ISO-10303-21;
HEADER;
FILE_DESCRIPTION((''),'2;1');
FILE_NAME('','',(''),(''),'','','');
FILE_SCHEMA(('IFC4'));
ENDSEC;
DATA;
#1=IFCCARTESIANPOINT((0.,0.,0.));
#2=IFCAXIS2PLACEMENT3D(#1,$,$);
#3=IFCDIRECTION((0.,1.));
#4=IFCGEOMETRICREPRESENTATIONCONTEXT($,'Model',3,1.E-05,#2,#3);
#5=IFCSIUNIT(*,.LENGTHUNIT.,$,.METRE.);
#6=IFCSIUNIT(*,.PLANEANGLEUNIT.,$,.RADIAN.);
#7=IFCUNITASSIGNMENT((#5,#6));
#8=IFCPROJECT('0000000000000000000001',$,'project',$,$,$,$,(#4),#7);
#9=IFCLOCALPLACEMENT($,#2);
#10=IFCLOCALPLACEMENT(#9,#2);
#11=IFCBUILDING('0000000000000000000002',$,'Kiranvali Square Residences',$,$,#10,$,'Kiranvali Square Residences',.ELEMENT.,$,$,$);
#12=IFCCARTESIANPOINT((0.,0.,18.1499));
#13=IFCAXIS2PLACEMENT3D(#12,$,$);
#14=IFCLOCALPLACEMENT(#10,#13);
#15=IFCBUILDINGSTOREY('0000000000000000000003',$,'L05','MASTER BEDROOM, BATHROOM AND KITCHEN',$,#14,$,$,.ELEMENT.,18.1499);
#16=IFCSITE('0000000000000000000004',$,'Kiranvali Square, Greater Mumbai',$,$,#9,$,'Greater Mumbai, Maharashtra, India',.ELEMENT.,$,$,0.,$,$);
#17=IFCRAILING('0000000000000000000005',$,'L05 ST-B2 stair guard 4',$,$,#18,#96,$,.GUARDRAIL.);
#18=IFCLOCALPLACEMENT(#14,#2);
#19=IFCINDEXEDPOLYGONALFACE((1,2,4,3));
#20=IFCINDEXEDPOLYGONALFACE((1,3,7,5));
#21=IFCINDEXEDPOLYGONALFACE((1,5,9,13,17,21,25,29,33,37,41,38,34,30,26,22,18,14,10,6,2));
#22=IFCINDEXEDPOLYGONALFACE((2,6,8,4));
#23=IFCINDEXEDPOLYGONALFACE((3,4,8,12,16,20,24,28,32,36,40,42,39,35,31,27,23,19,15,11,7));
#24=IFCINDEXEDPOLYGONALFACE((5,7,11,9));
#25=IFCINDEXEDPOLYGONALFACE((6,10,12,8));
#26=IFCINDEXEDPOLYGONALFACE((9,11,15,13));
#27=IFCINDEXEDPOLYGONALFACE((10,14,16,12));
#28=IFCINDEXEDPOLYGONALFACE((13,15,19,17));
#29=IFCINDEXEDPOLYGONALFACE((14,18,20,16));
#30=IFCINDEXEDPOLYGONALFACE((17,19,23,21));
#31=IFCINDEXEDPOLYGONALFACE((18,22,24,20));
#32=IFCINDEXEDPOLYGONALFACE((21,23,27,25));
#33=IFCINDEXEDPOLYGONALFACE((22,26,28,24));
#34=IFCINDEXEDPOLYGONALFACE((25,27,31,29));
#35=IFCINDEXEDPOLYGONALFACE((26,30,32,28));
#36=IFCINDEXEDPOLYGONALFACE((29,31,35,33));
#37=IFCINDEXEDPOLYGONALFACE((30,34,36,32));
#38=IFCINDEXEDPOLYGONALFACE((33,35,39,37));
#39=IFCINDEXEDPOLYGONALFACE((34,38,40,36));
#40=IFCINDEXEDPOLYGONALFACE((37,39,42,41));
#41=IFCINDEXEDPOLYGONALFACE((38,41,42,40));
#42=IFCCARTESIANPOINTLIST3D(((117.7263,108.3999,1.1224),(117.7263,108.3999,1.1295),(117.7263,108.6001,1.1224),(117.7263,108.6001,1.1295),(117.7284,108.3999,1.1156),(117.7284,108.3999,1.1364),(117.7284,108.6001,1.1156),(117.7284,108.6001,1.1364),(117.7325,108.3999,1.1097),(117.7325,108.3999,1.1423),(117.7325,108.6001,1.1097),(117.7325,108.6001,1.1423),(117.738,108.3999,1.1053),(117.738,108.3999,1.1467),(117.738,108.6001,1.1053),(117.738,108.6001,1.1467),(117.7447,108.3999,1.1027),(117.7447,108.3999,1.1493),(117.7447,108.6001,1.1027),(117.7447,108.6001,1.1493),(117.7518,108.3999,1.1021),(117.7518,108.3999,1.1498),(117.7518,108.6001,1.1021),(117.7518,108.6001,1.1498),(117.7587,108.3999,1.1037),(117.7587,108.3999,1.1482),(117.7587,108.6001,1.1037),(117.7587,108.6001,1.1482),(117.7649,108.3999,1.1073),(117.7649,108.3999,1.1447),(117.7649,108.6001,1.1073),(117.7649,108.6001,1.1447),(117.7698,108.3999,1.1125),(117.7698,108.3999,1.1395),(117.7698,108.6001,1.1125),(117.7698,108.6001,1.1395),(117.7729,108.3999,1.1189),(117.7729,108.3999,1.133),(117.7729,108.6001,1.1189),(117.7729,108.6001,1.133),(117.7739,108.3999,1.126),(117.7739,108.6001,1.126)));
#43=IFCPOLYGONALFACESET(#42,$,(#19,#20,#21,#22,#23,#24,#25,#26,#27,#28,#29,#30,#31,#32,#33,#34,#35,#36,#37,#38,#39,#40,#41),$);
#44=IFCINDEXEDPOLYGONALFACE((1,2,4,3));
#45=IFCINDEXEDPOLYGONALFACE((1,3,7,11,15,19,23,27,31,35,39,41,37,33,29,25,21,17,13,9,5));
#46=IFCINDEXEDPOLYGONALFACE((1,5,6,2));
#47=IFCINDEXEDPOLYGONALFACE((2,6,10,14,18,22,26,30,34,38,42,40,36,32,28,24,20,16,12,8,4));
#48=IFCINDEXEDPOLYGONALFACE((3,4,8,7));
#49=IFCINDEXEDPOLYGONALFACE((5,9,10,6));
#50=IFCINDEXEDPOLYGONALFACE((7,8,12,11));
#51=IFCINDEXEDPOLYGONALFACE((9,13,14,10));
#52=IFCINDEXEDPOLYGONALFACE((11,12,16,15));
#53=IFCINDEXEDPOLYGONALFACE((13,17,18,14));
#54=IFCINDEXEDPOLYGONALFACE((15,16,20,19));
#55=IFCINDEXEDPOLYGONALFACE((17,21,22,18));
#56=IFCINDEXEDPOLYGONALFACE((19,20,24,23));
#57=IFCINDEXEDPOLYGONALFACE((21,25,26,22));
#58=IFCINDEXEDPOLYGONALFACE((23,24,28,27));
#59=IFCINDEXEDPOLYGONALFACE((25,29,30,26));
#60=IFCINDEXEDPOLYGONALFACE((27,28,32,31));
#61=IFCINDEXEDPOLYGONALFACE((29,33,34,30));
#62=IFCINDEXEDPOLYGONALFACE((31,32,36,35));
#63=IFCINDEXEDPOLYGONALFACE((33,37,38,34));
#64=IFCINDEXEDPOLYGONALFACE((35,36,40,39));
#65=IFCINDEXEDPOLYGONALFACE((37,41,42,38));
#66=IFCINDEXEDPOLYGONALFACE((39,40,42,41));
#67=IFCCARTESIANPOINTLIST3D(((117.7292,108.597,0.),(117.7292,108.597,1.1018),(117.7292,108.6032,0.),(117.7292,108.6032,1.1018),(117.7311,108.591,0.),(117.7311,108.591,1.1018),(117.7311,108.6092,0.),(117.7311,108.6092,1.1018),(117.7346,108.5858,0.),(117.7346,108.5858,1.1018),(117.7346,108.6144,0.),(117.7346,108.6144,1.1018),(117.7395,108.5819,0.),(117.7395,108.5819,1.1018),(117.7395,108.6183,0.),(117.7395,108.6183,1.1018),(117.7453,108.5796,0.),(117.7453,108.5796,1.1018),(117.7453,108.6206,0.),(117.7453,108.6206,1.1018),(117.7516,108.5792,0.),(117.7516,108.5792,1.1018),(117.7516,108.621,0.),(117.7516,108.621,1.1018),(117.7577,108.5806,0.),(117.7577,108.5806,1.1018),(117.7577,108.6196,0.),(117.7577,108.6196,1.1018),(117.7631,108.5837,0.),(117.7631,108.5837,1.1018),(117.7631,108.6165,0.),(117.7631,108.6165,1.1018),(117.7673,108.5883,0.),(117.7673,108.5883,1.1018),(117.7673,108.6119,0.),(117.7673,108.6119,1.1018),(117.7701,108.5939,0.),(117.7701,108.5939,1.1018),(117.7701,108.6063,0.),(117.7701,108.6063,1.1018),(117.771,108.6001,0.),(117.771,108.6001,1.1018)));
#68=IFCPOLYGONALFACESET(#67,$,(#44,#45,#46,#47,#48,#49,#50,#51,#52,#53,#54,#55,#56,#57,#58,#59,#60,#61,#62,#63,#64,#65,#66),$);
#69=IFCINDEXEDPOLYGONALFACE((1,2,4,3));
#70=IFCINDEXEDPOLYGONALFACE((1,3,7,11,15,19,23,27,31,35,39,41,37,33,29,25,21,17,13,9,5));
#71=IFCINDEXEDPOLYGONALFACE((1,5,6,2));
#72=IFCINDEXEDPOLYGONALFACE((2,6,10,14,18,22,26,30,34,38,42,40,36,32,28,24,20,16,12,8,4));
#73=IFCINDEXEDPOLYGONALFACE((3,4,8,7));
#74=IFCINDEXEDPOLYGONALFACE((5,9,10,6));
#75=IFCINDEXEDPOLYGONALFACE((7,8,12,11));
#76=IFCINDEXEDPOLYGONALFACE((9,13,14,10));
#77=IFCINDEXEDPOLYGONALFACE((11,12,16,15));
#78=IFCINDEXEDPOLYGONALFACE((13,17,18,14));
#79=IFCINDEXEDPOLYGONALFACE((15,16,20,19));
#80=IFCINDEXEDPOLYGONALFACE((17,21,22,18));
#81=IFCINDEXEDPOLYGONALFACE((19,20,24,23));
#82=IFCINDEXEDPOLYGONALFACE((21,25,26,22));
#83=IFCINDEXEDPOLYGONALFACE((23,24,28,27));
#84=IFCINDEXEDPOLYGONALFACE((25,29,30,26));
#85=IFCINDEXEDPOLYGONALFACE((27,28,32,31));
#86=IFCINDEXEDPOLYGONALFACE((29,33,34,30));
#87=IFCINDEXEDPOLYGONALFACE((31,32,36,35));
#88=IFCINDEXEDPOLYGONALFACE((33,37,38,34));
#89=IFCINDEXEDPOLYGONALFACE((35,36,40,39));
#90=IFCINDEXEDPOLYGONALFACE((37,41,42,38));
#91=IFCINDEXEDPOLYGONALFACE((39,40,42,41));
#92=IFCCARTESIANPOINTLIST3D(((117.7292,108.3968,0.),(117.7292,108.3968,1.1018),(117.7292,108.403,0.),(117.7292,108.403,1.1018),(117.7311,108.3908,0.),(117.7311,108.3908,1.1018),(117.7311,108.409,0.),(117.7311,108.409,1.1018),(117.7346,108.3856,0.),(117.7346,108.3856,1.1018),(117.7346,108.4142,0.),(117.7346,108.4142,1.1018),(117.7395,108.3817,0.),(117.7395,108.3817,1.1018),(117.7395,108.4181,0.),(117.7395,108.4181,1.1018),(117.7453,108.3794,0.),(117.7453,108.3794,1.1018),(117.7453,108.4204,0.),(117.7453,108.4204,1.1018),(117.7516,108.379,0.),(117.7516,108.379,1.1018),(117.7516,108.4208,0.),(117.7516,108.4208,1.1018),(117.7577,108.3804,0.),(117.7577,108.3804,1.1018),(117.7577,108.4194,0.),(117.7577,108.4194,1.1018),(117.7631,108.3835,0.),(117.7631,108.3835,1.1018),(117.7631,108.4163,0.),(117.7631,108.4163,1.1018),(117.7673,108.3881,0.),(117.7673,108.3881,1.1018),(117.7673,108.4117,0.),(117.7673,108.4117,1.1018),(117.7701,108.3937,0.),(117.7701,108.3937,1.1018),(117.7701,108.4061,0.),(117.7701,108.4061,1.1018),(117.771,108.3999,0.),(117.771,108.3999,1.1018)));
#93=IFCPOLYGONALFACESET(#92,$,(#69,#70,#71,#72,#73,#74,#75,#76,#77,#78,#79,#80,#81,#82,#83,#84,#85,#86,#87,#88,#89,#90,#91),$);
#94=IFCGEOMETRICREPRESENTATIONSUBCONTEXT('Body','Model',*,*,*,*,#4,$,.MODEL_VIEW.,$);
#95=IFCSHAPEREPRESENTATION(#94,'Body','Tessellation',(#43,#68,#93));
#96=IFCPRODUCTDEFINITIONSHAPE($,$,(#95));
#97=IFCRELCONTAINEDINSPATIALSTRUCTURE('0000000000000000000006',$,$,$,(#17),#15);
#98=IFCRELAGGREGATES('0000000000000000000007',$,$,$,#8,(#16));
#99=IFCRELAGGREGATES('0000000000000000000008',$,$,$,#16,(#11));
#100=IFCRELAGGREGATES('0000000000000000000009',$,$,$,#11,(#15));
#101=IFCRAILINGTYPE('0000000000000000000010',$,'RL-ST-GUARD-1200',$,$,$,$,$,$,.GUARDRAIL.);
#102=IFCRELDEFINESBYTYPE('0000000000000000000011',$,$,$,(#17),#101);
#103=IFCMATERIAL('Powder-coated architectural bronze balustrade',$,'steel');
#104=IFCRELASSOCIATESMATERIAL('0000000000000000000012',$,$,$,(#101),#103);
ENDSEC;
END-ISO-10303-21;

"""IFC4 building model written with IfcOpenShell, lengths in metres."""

from ifc_helpers import new_model, si_unit, direction, frame, origin, origin_2d, place, context, subcontext, project, spatial, circle, extrude, material, type_object, element, save


model = new_model("IFC4")

# Units and contexts
model_context = context("Model", 3, precision=1e-05, world=origin(), true_north=direction((0.0, 1.0)))
body_context = subcontext(model_context, "Body", "Model", "MODEL_VIEW")
ifc_project = project(units=[si_unit("LENGTHUNIT", "METRE"), si_unit("PLANEANGLEUNIT", "RADIAN")], contexts=[model_context])

# Site, building, storey
site_placement = place(None, origin())
site = spatial("IfcSite", under=ifc_project, at=site_placement, Name="Kiranvali Square, Greater Mumbai", LongName="Greater Mumbai, Maharashtra, India", CompositionType="ELEMENT", RefElevation=0.0)
building_placement = place(site_placement, origin())
building = spatial("IfcBuilding", under=site, at=building_placement, Name="Kiranvali Square Residences", LongName="Kiranvali Square Residences", CompositionType="ELEMENT")
storey_placement = place(building_placement, frame((0.0, 0.0, 18.1499)))
storey = spatial("IfcBuildingStorey", under=building, at=storey_placement, Name="L05", Description="MASTER BEDROOM, BATHROOM AND KITCHEN", CompositionType="ELEMENT", Elevation=18.1499)

# Railing
ifc_material_1 = material(Name="Powder-coated architectural bronze balustrade", Category="steel")
railing_type_1 = type_object("IfcRailingType", Name="RL-ST-GUARD-1200", PredefinedType="GUARDRAIL", material=ifc_material_1)
railing_1_placement = place(storey_placement, frame((117.75, 108.6001, 0.0)))
element("IfcRailing", 1, at=railing_1_placement, inside=storey, type_object=railing_type_1, Name="L05 ST-B2 stair guard 4", PredefinedType="GUARDRAIL", context=body_context, shape_type="SweptSolid", body=[
    extrude(circle(Radius=0.0239, at=origin_2d()), frame((0.0, 0.0, 1.126), z_axis=(0.0, -1.0, 0.0), x_axis=(1.0, 0.0, 0.0)), (0.0, 0.0, 1.0), 0.2002),
    extrude(circle(Radius=0.021, at=origin_2d()), origin(), (0.0, 0.0, 1.0), 1.1018),
    extrude(circle(Radius=0.021, at=origin_2d()), frame((0.0, -0.2002, 0.0)), (0.0, 0.0, 1.0), 1.1018),
])

save(model, "model.ifc")
